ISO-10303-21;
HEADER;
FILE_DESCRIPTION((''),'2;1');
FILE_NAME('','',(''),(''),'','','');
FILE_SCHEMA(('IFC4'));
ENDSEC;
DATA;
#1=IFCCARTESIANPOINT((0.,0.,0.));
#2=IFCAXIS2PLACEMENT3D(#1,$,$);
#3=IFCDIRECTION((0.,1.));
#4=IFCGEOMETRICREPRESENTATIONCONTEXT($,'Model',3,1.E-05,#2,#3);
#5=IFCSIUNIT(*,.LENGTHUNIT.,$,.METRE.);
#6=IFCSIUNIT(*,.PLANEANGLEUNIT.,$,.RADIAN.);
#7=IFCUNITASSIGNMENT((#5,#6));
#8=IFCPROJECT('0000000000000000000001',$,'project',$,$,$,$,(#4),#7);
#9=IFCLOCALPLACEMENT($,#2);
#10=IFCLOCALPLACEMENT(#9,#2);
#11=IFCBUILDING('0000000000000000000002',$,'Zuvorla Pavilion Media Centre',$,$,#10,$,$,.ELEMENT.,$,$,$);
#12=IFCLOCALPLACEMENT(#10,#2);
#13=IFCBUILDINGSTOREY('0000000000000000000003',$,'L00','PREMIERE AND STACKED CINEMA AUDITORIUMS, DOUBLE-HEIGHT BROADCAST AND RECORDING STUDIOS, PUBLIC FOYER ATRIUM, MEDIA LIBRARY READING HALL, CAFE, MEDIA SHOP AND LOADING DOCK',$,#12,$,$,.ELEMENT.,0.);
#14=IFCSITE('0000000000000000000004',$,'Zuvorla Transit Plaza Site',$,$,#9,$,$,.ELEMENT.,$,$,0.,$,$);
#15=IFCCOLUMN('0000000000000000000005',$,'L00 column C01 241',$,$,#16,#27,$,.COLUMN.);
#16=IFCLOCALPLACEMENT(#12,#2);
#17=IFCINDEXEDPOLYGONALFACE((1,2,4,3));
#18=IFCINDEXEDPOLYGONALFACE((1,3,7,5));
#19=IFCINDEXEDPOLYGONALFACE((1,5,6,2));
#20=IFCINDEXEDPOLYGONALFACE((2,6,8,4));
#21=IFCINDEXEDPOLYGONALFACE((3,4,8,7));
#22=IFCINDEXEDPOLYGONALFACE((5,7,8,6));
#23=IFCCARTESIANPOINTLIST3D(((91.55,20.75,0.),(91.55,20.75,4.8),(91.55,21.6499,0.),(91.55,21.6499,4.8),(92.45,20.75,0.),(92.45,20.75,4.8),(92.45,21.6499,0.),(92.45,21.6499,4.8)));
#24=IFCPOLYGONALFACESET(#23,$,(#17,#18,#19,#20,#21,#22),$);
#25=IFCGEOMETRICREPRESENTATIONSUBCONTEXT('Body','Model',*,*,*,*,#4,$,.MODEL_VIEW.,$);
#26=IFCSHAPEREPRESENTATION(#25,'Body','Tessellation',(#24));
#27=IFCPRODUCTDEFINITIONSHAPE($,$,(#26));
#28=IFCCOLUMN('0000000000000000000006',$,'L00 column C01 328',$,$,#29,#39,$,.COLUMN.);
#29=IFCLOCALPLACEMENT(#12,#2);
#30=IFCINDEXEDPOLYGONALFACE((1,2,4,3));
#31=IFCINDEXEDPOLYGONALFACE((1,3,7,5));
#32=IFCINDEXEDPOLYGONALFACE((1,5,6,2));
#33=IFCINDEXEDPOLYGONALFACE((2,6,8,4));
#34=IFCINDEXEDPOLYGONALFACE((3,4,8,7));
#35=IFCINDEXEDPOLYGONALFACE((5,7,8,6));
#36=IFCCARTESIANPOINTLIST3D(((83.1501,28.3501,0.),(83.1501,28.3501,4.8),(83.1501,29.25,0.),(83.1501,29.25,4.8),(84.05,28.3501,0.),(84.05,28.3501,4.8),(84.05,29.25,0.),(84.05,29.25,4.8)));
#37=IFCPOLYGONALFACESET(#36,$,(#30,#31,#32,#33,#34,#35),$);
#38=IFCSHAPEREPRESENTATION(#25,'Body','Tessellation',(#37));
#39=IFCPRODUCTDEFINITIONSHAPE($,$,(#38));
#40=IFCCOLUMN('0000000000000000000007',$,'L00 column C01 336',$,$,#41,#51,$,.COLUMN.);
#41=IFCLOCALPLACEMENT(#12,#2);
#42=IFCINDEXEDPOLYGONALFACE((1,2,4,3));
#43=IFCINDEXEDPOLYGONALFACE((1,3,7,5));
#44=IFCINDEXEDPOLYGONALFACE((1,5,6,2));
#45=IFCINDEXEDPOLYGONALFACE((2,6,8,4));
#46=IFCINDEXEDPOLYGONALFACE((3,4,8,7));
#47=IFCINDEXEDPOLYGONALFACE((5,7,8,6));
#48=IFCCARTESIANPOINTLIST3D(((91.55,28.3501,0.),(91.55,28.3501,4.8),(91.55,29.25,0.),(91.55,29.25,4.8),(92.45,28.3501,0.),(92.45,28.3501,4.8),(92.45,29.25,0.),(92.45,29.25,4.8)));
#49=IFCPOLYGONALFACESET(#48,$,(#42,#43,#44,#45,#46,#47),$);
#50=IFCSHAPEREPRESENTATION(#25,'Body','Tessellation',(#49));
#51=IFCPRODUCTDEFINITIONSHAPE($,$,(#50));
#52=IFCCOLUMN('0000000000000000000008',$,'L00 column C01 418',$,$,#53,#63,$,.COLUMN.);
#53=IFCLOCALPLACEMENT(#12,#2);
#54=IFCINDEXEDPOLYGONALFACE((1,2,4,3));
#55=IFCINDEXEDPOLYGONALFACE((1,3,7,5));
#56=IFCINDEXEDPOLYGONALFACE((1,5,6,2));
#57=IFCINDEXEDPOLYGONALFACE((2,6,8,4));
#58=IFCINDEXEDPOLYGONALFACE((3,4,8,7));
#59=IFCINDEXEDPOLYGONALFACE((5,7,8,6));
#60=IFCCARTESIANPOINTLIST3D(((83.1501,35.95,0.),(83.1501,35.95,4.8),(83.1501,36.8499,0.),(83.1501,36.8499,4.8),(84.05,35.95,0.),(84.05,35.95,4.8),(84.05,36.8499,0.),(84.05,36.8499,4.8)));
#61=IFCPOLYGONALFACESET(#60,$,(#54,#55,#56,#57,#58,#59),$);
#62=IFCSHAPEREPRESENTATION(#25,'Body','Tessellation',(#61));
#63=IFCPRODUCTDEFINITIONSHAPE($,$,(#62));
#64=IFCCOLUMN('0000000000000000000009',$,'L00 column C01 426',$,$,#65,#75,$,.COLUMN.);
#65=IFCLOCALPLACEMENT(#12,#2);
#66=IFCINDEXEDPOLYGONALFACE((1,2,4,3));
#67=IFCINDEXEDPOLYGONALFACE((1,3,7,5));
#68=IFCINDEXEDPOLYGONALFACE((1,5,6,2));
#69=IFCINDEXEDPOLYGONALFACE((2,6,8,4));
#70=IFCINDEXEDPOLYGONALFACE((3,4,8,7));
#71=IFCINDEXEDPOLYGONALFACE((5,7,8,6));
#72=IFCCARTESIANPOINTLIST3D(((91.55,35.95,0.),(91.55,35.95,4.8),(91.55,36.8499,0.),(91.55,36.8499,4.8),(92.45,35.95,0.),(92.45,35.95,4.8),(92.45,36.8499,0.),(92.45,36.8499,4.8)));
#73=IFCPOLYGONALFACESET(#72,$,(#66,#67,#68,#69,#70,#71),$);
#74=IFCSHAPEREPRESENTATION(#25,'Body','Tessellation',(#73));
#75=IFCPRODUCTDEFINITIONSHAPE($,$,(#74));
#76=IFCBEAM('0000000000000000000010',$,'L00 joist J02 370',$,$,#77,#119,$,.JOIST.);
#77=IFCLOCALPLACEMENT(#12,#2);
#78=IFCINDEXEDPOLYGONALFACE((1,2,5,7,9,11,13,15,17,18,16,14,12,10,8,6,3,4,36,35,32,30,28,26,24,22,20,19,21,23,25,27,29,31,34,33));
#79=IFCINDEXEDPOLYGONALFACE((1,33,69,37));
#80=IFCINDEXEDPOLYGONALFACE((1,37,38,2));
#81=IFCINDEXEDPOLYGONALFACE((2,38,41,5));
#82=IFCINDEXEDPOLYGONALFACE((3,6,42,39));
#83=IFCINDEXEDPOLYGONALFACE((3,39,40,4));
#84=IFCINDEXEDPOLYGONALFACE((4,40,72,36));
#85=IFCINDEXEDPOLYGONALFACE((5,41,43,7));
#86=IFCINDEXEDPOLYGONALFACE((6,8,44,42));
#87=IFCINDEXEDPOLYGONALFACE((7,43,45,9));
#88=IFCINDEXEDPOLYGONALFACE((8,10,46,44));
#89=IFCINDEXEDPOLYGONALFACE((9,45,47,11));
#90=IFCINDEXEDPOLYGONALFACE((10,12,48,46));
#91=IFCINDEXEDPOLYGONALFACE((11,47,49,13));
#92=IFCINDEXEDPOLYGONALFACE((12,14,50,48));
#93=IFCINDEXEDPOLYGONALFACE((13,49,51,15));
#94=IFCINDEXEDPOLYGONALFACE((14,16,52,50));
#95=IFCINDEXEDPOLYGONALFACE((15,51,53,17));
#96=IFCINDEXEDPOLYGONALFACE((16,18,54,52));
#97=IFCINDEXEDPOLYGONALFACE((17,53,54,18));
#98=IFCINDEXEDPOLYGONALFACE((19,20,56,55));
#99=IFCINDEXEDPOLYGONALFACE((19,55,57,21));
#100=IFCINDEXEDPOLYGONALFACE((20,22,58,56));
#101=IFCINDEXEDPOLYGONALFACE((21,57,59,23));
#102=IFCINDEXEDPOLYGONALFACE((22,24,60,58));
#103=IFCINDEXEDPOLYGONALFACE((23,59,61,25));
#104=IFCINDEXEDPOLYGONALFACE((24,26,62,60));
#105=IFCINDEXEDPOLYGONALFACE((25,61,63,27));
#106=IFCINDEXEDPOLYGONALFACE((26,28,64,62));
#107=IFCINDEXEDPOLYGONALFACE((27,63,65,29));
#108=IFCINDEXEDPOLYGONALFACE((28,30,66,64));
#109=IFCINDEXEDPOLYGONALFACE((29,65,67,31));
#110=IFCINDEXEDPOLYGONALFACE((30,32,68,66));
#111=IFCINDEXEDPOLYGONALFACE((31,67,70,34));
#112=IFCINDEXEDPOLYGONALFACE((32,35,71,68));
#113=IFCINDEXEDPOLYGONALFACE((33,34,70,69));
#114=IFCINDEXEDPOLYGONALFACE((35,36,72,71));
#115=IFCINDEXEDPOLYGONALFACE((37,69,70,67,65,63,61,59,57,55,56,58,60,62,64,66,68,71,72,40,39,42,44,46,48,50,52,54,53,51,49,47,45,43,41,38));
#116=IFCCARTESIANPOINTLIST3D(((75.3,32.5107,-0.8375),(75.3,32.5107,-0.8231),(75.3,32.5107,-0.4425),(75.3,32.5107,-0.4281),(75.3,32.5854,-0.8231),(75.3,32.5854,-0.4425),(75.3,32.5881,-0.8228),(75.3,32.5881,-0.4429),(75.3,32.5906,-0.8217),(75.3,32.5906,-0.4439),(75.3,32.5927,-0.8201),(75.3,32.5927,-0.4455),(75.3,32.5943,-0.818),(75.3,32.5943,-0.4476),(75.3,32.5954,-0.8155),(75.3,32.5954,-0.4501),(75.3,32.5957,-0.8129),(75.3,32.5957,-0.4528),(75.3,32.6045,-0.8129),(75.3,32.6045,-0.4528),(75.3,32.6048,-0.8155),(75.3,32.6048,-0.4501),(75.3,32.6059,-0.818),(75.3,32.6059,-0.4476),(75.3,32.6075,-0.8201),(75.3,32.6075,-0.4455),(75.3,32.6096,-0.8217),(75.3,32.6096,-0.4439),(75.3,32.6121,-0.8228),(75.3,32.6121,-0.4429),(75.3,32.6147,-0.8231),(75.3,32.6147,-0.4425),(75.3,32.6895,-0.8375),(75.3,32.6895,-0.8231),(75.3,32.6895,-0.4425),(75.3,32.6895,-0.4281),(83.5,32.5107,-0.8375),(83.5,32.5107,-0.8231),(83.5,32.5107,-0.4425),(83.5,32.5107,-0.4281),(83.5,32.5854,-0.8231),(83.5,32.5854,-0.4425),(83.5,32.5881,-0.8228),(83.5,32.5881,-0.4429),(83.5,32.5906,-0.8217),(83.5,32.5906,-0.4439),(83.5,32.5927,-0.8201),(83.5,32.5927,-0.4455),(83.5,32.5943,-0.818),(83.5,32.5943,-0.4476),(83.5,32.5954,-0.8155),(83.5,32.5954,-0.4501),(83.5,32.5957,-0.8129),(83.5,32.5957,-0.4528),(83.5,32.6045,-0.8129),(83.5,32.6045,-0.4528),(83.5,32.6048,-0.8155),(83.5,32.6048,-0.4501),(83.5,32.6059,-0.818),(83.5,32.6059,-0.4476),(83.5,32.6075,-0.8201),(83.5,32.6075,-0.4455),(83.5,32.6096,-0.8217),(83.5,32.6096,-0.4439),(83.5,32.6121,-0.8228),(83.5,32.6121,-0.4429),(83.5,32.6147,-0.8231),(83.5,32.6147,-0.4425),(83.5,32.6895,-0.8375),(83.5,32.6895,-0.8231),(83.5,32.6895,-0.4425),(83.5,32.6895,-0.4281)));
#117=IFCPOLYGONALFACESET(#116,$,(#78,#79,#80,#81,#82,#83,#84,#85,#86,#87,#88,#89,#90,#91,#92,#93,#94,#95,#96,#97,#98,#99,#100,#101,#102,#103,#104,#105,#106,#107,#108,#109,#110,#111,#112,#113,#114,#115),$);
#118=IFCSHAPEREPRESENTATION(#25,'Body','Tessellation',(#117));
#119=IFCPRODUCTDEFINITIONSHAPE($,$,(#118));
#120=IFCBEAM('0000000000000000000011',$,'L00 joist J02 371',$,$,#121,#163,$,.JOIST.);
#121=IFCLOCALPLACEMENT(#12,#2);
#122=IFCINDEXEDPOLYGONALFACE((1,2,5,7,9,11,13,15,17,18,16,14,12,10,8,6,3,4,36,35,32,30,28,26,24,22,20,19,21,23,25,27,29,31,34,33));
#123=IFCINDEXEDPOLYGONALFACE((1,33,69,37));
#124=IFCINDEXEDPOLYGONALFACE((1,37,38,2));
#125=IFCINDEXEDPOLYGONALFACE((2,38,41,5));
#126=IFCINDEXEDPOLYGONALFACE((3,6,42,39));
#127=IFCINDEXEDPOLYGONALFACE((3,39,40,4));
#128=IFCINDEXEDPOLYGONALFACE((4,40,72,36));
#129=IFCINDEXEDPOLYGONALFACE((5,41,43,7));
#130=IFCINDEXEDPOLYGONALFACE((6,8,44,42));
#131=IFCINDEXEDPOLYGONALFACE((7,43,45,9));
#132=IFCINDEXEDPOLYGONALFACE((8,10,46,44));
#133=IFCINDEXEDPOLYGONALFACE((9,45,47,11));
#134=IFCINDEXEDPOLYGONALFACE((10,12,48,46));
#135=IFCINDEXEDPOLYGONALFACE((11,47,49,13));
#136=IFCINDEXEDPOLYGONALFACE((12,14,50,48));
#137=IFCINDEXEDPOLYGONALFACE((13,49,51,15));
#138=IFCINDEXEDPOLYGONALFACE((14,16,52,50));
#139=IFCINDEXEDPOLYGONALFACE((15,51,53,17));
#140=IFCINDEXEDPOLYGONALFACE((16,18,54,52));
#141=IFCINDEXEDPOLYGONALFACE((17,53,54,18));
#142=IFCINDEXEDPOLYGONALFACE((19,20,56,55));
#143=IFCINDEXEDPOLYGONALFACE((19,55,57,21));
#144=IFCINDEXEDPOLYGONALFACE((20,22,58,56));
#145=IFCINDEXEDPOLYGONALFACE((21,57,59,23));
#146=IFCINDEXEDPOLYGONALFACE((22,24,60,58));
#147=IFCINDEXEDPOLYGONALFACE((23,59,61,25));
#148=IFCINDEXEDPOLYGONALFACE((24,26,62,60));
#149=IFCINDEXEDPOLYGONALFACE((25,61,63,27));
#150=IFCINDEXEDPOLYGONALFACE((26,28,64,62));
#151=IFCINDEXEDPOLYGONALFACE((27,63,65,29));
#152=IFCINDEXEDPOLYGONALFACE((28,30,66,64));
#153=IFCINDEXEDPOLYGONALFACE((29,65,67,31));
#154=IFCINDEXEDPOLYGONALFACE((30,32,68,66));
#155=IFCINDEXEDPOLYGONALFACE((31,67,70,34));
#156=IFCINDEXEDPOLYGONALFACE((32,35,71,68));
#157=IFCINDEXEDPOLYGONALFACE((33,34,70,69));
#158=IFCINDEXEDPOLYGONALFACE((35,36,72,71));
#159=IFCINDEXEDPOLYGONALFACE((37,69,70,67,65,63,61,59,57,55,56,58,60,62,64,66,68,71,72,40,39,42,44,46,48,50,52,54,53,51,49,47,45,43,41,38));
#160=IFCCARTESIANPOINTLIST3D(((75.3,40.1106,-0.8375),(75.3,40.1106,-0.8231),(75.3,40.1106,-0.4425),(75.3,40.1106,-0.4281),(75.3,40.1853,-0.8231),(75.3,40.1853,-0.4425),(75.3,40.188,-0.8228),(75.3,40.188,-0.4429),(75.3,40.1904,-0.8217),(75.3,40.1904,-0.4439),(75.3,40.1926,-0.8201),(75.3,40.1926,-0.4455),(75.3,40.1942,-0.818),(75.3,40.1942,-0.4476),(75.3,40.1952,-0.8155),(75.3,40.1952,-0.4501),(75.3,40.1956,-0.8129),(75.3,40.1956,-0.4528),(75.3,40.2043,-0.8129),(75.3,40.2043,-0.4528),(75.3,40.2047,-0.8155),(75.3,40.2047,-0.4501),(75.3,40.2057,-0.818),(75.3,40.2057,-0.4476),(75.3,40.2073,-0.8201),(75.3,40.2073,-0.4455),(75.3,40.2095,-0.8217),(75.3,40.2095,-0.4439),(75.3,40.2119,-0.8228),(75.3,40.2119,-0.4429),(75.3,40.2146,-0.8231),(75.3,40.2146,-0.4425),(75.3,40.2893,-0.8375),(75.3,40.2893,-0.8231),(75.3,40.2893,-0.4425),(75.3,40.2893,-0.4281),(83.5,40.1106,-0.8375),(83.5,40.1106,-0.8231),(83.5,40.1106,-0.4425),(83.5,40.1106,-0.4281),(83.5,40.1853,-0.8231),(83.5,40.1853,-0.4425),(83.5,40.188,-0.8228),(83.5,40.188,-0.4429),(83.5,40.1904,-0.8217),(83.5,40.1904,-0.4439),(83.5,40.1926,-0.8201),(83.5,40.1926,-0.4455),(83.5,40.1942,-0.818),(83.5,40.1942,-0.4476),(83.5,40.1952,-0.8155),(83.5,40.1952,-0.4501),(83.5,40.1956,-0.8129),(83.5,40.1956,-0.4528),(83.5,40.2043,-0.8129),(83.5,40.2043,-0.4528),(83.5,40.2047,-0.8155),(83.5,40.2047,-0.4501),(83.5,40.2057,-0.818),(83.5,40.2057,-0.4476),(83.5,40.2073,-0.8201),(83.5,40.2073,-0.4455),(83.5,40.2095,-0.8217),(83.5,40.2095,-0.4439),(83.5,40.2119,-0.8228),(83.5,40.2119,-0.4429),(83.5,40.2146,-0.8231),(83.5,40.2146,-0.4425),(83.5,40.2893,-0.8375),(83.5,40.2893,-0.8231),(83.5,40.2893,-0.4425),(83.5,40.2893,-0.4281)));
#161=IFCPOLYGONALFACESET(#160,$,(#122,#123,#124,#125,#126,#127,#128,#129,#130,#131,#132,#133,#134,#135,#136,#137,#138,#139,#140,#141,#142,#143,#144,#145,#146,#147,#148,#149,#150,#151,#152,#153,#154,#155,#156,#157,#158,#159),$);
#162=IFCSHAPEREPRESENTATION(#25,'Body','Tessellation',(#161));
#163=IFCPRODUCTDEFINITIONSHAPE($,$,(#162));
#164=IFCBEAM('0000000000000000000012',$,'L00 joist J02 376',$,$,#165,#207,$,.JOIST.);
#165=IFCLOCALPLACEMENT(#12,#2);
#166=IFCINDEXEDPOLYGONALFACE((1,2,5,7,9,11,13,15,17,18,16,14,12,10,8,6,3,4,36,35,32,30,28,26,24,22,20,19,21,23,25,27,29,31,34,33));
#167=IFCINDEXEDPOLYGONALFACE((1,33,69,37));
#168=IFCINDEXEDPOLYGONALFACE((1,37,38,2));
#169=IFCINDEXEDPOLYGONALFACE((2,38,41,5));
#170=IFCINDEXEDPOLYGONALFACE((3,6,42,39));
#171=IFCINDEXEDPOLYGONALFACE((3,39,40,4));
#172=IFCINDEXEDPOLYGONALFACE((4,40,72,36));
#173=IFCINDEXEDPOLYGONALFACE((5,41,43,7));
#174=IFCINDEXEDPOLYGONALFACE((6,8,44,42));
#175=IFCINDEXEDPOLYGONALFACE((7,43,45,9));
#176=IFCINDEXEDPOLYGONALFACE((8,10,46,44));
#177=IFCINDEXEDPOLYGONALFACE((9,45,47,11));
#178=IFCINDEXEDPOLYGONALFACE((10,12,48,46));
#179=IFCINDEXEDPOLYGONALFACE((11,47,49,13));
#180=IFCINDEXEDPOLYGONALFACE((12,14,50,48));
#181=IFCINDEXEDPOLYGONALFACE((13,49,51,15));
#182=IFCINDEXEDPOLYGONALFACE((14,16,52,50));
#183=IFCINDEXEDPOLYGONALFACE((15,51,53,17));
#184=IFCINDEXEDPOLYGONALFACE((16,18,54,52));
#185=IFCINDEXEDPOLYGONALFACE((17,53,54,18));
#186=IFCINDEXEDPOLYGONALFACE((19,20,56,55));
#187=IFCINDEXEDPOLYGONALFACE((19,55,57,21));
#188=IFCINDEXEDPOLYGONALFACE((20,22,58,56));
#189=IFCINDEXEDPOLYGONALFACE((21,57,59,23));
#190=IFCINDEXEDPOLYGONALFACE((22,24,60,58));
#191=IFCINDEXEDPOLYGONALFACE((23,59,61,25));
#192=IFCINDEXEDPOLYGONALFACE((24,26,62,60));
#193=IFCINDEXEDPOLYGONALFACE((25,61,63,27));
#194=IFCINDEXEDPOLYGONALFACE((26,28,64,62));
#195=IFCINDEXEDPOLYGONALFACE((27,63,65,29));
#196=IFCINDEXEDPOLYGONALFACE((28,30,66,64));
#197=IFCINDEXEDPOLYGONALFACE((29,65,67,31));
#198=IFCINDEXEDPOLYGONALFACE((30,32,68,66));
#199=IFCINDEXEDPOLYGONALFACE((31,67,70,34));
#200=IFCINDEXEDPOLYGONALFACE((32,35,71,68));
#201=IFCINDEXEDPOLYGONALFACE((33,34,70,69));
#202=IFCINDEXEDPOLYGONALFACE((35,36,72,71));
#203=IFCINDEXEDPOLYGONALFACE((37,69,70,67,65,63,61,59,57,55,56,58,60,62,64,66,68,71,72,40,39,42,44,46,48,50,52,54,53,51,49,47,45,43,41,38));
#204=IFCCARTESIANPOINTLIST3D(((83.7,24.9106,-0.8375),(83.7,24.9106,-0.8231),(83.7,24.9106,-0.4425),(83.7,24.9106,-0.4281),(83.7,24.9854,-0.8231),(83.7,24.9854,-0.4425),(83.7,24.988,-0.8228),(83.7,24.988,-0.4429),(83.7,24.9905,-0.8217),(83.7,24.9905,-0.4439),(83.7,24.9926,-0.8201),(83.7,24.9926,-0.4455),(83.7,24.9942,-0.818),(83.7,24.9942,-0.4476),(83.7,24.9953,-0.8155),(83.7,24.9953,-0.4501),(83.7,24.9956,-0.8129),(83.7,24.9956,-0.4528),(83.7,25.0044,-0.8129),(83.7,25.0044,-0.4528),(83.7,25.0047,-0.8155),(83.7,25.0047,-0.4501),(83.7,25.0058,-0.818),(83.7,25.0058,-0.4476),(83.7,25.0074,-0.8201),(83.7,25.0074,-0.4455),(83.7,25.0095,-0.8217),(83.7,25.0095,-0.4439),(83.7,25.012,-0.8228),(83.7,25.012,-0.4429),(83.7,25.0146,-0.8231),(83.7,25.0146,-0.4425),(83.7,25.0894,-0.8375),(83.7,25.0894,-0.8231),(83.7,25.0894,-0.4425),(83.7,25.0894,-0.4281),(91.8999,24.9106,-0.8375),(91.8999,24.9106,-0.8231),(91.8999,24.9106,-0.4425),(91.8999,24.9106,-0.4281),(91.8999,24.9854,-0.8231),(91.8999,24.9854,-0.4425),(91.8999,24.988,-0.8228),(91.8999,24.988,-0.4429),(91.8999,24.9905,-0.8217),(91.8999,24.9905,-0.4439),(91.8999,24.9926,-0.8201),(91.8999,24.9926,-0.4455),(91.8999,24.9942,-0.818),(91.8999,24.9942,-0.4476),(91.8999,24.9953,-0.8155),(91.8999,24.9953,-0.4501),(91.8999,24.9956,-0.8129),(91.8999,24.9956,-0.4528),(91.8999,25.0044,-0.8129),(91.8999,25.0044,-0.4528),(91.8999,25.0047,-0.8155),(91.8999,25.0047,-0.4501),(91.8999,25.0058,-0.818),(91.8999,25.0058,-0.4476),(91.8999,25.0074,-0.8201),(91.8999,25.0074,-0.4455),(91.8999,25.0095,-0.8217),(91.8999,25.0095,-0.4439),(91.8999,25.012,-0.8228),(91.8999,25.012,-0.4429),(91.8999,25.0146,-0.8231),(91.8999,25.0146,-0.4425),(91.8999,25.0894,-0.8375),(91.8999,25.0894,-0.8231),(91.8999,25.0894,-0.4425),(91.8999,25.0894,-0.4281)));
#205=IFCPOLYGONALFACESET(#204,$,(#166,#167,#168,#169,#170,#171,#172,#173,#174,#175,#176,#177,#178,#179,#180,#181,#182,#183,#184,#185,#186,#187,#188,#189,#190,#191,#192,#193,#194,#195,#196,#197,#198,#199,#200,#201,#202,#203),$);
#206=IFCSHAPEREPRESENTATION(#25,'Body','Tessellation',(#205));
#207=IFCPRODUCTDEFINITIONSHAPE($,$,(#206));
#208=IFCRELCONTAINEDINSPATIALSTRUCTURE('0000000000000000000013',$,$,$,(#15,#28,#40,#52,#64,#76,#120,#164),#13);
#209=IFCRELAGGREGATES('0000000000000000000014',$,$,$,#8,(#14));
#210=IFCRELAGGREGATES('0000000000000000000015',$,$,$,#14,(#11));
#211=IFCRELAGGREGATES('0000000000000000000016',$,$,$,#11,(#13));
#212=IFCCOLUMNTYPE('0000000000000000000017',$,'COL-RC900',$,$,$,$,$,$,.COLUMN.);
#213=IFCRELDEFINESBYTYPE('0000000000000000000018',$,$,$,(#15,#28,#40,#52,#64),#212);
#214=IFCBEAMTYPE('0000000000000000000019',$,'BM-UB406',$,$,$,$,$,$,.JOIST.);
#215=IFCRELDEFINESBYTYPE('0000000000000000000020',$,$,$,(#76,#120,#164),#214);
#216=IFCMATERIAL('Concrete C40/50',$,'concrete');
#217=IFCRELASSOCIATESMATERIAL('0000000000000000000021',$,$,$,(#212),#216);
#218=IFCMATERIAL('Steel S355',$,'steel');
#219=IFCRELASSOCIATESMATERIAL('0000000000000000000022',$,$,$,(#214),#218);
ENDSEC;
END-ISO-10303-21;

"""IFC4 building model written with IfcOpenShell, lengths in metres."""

from ifc_helpers import new_model, si_unit, direction, frame, origin, origin_2d, place, context, subcontext, project, spatial, rectangle, i_section, extrude, material, material_profile, profile_set, type_object, element, save


model = new_model("IFC4")

# Units and contexts
model_context = context("Model", 3, precision=1e-05, world=origin(), true_north=direction((0.0, 1.0)))
body_context = subcontext(model_context, "Body", "Model", "MODEL_VIEW")
ifc_project = project(units=[si_unit("LENGTHUNIT", "METRE"), si_unit("PLANEANGLEUNIT", "RADIAN")], contexts=[model_context])

# Site, building, storey
site_placement = place(None, origin())
site = spatial("IfcSite", under=ifc_project, at=site_placement, Name="Zuvorla Transit Plaza Site", CompositionType="ELEMENT", RefElevation=0.0)
building_placement = place(site_placement, origin())
building = spatial("IfcBuilding", under=site, at=building_placement, Name="Zuvorla Pavilion Media Centre", CompositionType="ELEMENT")
storey_placement = place(building_placement, origin())
storey = spatial("IfcBuildingStorey", under=building, at=storey_placement, Name="L00", Description="PREMIERE AND STACKED CINEMA AUDITORIUMS, DOUBLE-HEIGHT BROADCAST AND RECORDING STUDIOS, PUBLIC FOYER ATRIUM, MEDIA LIBRARY READING HALL, CAFE, MEDIA SHOP AND LOADING DOCK", CompositionType="ELEMENT", Elevation=0.0)

# Columns
ifc_material_1 = material(Name="Concrete C40/50", Category="concrete")
ifc_material_profile_1 = material_profile(ifc_material_1, rectangle(XDim=0.8999, YDim=0.8999, at=origin_2d()), Name="RC 900x900")
ifc_profile_set_1 = profile_set([ifc_material_profile_1], Name="Concrete C40/50")
column_type = type_object("IfcColumnType", Name="COL-RC900", PredefinedType="COLUMN", material=ifc_profile_set_1)
for number, where, z_axis, x_axis, name in (
    (1, (92.0, 21.2, 0.0), (0.0, 0.0, 1.0), (1.0, 0.0, 0.0), "L00 column C01 241"),
    (2, (83.6001, 28.8, 0.0), (0.0, 0.0, 1.0), (1.0, 0.0, 0.0), "L00 column C01 328"),
    (3, (92.0, 28.8, 0.0), (0.0, 0.0, 1.0), (1.0, 0.0, 0.0), "L00 column C01 336"),
    (4, (83.6001, 36.3999, 0.0), (0.0, 0.0, 1.0), (1.0, 0.0, 0.0), "L00 column C01 418"),
    (5, (92.0, 36.3999, 0.0), (0.0, 0.0, 1.0), (1.0, 0.0, 0.0), "L00 column C01 426"),
):
    element("IfcColumn", number, at=place(storey_placement, frame(where, z_axis=z_axis, x_axis=x_axis)), inside=storey, type_object=column_type, Name=name, PredefinedType="COLUMN", context=body_context, shape_type="SweptSolid", body=[
        extrude(rectangle(XDim=0.8999, YDim=0.8999, at=origin_2d()), origin(), (0.0, 0.0, 1.0), 4.8),
    ])

# Beams
ifc_material_2 = material(Name="Steel S355", Category="steel")
ifc_material_profile_2 = material_profile(ifc_material_2, i_section(OverallWidth=0.1787, OverallDepth=0.4094, WebThickness=0.0088, FlangeThickness=0.0144, FilletRadius=0.0103, at=origin_2d()), Name="UB 406x178x67")
ifc_profile_set_2 = profile_set([ifc_material_profile_2], Name="Steel S355")
beam_type_1 = type_object("IfcBeamType", Name="BM-UB406", PredefinedType="JOIST", material=ifc_profile_set_2)
for number, where, z_axis, x_axis, name in (
    (6, (75.3, 32.6001, -0.6328), (1.0, 0.0, 0.0), (0.0, 1.0, 0.0), "L00 joist J02 370"),
    (7, (75.3, 40.2, -0.6328), (1.0, 0.0, 0.0), (0.0, 1.0, 0.0), "L00 joist J02 371"),
    (8, (83.7, 25.0, -0.6328), (1.0, 0.0, 0.0), (0.0, 1.0, 0.0), "L00 joist J02 376"),
):
    element("IfcBeam", number, at=place(storey_placement, frame(where, z_axis=z_axis, x_axis=x_axis)), inside=storey, type_object=beam_type_1, Name=name, PredefinedType="JOIST", context=body_context, shape_type="SweptSolid", body=[
        extrude(i_section(OverallWidth=0.1787, OverallDepth=0.4094, WebThickness=0.0088, FlangeThickness=0.0144, FilletRadius=0.0103, at=origin_2d()), origin(), (0.0, 0.0, 1.0), 8.2),
    ])

save(model, "model.ifc")
